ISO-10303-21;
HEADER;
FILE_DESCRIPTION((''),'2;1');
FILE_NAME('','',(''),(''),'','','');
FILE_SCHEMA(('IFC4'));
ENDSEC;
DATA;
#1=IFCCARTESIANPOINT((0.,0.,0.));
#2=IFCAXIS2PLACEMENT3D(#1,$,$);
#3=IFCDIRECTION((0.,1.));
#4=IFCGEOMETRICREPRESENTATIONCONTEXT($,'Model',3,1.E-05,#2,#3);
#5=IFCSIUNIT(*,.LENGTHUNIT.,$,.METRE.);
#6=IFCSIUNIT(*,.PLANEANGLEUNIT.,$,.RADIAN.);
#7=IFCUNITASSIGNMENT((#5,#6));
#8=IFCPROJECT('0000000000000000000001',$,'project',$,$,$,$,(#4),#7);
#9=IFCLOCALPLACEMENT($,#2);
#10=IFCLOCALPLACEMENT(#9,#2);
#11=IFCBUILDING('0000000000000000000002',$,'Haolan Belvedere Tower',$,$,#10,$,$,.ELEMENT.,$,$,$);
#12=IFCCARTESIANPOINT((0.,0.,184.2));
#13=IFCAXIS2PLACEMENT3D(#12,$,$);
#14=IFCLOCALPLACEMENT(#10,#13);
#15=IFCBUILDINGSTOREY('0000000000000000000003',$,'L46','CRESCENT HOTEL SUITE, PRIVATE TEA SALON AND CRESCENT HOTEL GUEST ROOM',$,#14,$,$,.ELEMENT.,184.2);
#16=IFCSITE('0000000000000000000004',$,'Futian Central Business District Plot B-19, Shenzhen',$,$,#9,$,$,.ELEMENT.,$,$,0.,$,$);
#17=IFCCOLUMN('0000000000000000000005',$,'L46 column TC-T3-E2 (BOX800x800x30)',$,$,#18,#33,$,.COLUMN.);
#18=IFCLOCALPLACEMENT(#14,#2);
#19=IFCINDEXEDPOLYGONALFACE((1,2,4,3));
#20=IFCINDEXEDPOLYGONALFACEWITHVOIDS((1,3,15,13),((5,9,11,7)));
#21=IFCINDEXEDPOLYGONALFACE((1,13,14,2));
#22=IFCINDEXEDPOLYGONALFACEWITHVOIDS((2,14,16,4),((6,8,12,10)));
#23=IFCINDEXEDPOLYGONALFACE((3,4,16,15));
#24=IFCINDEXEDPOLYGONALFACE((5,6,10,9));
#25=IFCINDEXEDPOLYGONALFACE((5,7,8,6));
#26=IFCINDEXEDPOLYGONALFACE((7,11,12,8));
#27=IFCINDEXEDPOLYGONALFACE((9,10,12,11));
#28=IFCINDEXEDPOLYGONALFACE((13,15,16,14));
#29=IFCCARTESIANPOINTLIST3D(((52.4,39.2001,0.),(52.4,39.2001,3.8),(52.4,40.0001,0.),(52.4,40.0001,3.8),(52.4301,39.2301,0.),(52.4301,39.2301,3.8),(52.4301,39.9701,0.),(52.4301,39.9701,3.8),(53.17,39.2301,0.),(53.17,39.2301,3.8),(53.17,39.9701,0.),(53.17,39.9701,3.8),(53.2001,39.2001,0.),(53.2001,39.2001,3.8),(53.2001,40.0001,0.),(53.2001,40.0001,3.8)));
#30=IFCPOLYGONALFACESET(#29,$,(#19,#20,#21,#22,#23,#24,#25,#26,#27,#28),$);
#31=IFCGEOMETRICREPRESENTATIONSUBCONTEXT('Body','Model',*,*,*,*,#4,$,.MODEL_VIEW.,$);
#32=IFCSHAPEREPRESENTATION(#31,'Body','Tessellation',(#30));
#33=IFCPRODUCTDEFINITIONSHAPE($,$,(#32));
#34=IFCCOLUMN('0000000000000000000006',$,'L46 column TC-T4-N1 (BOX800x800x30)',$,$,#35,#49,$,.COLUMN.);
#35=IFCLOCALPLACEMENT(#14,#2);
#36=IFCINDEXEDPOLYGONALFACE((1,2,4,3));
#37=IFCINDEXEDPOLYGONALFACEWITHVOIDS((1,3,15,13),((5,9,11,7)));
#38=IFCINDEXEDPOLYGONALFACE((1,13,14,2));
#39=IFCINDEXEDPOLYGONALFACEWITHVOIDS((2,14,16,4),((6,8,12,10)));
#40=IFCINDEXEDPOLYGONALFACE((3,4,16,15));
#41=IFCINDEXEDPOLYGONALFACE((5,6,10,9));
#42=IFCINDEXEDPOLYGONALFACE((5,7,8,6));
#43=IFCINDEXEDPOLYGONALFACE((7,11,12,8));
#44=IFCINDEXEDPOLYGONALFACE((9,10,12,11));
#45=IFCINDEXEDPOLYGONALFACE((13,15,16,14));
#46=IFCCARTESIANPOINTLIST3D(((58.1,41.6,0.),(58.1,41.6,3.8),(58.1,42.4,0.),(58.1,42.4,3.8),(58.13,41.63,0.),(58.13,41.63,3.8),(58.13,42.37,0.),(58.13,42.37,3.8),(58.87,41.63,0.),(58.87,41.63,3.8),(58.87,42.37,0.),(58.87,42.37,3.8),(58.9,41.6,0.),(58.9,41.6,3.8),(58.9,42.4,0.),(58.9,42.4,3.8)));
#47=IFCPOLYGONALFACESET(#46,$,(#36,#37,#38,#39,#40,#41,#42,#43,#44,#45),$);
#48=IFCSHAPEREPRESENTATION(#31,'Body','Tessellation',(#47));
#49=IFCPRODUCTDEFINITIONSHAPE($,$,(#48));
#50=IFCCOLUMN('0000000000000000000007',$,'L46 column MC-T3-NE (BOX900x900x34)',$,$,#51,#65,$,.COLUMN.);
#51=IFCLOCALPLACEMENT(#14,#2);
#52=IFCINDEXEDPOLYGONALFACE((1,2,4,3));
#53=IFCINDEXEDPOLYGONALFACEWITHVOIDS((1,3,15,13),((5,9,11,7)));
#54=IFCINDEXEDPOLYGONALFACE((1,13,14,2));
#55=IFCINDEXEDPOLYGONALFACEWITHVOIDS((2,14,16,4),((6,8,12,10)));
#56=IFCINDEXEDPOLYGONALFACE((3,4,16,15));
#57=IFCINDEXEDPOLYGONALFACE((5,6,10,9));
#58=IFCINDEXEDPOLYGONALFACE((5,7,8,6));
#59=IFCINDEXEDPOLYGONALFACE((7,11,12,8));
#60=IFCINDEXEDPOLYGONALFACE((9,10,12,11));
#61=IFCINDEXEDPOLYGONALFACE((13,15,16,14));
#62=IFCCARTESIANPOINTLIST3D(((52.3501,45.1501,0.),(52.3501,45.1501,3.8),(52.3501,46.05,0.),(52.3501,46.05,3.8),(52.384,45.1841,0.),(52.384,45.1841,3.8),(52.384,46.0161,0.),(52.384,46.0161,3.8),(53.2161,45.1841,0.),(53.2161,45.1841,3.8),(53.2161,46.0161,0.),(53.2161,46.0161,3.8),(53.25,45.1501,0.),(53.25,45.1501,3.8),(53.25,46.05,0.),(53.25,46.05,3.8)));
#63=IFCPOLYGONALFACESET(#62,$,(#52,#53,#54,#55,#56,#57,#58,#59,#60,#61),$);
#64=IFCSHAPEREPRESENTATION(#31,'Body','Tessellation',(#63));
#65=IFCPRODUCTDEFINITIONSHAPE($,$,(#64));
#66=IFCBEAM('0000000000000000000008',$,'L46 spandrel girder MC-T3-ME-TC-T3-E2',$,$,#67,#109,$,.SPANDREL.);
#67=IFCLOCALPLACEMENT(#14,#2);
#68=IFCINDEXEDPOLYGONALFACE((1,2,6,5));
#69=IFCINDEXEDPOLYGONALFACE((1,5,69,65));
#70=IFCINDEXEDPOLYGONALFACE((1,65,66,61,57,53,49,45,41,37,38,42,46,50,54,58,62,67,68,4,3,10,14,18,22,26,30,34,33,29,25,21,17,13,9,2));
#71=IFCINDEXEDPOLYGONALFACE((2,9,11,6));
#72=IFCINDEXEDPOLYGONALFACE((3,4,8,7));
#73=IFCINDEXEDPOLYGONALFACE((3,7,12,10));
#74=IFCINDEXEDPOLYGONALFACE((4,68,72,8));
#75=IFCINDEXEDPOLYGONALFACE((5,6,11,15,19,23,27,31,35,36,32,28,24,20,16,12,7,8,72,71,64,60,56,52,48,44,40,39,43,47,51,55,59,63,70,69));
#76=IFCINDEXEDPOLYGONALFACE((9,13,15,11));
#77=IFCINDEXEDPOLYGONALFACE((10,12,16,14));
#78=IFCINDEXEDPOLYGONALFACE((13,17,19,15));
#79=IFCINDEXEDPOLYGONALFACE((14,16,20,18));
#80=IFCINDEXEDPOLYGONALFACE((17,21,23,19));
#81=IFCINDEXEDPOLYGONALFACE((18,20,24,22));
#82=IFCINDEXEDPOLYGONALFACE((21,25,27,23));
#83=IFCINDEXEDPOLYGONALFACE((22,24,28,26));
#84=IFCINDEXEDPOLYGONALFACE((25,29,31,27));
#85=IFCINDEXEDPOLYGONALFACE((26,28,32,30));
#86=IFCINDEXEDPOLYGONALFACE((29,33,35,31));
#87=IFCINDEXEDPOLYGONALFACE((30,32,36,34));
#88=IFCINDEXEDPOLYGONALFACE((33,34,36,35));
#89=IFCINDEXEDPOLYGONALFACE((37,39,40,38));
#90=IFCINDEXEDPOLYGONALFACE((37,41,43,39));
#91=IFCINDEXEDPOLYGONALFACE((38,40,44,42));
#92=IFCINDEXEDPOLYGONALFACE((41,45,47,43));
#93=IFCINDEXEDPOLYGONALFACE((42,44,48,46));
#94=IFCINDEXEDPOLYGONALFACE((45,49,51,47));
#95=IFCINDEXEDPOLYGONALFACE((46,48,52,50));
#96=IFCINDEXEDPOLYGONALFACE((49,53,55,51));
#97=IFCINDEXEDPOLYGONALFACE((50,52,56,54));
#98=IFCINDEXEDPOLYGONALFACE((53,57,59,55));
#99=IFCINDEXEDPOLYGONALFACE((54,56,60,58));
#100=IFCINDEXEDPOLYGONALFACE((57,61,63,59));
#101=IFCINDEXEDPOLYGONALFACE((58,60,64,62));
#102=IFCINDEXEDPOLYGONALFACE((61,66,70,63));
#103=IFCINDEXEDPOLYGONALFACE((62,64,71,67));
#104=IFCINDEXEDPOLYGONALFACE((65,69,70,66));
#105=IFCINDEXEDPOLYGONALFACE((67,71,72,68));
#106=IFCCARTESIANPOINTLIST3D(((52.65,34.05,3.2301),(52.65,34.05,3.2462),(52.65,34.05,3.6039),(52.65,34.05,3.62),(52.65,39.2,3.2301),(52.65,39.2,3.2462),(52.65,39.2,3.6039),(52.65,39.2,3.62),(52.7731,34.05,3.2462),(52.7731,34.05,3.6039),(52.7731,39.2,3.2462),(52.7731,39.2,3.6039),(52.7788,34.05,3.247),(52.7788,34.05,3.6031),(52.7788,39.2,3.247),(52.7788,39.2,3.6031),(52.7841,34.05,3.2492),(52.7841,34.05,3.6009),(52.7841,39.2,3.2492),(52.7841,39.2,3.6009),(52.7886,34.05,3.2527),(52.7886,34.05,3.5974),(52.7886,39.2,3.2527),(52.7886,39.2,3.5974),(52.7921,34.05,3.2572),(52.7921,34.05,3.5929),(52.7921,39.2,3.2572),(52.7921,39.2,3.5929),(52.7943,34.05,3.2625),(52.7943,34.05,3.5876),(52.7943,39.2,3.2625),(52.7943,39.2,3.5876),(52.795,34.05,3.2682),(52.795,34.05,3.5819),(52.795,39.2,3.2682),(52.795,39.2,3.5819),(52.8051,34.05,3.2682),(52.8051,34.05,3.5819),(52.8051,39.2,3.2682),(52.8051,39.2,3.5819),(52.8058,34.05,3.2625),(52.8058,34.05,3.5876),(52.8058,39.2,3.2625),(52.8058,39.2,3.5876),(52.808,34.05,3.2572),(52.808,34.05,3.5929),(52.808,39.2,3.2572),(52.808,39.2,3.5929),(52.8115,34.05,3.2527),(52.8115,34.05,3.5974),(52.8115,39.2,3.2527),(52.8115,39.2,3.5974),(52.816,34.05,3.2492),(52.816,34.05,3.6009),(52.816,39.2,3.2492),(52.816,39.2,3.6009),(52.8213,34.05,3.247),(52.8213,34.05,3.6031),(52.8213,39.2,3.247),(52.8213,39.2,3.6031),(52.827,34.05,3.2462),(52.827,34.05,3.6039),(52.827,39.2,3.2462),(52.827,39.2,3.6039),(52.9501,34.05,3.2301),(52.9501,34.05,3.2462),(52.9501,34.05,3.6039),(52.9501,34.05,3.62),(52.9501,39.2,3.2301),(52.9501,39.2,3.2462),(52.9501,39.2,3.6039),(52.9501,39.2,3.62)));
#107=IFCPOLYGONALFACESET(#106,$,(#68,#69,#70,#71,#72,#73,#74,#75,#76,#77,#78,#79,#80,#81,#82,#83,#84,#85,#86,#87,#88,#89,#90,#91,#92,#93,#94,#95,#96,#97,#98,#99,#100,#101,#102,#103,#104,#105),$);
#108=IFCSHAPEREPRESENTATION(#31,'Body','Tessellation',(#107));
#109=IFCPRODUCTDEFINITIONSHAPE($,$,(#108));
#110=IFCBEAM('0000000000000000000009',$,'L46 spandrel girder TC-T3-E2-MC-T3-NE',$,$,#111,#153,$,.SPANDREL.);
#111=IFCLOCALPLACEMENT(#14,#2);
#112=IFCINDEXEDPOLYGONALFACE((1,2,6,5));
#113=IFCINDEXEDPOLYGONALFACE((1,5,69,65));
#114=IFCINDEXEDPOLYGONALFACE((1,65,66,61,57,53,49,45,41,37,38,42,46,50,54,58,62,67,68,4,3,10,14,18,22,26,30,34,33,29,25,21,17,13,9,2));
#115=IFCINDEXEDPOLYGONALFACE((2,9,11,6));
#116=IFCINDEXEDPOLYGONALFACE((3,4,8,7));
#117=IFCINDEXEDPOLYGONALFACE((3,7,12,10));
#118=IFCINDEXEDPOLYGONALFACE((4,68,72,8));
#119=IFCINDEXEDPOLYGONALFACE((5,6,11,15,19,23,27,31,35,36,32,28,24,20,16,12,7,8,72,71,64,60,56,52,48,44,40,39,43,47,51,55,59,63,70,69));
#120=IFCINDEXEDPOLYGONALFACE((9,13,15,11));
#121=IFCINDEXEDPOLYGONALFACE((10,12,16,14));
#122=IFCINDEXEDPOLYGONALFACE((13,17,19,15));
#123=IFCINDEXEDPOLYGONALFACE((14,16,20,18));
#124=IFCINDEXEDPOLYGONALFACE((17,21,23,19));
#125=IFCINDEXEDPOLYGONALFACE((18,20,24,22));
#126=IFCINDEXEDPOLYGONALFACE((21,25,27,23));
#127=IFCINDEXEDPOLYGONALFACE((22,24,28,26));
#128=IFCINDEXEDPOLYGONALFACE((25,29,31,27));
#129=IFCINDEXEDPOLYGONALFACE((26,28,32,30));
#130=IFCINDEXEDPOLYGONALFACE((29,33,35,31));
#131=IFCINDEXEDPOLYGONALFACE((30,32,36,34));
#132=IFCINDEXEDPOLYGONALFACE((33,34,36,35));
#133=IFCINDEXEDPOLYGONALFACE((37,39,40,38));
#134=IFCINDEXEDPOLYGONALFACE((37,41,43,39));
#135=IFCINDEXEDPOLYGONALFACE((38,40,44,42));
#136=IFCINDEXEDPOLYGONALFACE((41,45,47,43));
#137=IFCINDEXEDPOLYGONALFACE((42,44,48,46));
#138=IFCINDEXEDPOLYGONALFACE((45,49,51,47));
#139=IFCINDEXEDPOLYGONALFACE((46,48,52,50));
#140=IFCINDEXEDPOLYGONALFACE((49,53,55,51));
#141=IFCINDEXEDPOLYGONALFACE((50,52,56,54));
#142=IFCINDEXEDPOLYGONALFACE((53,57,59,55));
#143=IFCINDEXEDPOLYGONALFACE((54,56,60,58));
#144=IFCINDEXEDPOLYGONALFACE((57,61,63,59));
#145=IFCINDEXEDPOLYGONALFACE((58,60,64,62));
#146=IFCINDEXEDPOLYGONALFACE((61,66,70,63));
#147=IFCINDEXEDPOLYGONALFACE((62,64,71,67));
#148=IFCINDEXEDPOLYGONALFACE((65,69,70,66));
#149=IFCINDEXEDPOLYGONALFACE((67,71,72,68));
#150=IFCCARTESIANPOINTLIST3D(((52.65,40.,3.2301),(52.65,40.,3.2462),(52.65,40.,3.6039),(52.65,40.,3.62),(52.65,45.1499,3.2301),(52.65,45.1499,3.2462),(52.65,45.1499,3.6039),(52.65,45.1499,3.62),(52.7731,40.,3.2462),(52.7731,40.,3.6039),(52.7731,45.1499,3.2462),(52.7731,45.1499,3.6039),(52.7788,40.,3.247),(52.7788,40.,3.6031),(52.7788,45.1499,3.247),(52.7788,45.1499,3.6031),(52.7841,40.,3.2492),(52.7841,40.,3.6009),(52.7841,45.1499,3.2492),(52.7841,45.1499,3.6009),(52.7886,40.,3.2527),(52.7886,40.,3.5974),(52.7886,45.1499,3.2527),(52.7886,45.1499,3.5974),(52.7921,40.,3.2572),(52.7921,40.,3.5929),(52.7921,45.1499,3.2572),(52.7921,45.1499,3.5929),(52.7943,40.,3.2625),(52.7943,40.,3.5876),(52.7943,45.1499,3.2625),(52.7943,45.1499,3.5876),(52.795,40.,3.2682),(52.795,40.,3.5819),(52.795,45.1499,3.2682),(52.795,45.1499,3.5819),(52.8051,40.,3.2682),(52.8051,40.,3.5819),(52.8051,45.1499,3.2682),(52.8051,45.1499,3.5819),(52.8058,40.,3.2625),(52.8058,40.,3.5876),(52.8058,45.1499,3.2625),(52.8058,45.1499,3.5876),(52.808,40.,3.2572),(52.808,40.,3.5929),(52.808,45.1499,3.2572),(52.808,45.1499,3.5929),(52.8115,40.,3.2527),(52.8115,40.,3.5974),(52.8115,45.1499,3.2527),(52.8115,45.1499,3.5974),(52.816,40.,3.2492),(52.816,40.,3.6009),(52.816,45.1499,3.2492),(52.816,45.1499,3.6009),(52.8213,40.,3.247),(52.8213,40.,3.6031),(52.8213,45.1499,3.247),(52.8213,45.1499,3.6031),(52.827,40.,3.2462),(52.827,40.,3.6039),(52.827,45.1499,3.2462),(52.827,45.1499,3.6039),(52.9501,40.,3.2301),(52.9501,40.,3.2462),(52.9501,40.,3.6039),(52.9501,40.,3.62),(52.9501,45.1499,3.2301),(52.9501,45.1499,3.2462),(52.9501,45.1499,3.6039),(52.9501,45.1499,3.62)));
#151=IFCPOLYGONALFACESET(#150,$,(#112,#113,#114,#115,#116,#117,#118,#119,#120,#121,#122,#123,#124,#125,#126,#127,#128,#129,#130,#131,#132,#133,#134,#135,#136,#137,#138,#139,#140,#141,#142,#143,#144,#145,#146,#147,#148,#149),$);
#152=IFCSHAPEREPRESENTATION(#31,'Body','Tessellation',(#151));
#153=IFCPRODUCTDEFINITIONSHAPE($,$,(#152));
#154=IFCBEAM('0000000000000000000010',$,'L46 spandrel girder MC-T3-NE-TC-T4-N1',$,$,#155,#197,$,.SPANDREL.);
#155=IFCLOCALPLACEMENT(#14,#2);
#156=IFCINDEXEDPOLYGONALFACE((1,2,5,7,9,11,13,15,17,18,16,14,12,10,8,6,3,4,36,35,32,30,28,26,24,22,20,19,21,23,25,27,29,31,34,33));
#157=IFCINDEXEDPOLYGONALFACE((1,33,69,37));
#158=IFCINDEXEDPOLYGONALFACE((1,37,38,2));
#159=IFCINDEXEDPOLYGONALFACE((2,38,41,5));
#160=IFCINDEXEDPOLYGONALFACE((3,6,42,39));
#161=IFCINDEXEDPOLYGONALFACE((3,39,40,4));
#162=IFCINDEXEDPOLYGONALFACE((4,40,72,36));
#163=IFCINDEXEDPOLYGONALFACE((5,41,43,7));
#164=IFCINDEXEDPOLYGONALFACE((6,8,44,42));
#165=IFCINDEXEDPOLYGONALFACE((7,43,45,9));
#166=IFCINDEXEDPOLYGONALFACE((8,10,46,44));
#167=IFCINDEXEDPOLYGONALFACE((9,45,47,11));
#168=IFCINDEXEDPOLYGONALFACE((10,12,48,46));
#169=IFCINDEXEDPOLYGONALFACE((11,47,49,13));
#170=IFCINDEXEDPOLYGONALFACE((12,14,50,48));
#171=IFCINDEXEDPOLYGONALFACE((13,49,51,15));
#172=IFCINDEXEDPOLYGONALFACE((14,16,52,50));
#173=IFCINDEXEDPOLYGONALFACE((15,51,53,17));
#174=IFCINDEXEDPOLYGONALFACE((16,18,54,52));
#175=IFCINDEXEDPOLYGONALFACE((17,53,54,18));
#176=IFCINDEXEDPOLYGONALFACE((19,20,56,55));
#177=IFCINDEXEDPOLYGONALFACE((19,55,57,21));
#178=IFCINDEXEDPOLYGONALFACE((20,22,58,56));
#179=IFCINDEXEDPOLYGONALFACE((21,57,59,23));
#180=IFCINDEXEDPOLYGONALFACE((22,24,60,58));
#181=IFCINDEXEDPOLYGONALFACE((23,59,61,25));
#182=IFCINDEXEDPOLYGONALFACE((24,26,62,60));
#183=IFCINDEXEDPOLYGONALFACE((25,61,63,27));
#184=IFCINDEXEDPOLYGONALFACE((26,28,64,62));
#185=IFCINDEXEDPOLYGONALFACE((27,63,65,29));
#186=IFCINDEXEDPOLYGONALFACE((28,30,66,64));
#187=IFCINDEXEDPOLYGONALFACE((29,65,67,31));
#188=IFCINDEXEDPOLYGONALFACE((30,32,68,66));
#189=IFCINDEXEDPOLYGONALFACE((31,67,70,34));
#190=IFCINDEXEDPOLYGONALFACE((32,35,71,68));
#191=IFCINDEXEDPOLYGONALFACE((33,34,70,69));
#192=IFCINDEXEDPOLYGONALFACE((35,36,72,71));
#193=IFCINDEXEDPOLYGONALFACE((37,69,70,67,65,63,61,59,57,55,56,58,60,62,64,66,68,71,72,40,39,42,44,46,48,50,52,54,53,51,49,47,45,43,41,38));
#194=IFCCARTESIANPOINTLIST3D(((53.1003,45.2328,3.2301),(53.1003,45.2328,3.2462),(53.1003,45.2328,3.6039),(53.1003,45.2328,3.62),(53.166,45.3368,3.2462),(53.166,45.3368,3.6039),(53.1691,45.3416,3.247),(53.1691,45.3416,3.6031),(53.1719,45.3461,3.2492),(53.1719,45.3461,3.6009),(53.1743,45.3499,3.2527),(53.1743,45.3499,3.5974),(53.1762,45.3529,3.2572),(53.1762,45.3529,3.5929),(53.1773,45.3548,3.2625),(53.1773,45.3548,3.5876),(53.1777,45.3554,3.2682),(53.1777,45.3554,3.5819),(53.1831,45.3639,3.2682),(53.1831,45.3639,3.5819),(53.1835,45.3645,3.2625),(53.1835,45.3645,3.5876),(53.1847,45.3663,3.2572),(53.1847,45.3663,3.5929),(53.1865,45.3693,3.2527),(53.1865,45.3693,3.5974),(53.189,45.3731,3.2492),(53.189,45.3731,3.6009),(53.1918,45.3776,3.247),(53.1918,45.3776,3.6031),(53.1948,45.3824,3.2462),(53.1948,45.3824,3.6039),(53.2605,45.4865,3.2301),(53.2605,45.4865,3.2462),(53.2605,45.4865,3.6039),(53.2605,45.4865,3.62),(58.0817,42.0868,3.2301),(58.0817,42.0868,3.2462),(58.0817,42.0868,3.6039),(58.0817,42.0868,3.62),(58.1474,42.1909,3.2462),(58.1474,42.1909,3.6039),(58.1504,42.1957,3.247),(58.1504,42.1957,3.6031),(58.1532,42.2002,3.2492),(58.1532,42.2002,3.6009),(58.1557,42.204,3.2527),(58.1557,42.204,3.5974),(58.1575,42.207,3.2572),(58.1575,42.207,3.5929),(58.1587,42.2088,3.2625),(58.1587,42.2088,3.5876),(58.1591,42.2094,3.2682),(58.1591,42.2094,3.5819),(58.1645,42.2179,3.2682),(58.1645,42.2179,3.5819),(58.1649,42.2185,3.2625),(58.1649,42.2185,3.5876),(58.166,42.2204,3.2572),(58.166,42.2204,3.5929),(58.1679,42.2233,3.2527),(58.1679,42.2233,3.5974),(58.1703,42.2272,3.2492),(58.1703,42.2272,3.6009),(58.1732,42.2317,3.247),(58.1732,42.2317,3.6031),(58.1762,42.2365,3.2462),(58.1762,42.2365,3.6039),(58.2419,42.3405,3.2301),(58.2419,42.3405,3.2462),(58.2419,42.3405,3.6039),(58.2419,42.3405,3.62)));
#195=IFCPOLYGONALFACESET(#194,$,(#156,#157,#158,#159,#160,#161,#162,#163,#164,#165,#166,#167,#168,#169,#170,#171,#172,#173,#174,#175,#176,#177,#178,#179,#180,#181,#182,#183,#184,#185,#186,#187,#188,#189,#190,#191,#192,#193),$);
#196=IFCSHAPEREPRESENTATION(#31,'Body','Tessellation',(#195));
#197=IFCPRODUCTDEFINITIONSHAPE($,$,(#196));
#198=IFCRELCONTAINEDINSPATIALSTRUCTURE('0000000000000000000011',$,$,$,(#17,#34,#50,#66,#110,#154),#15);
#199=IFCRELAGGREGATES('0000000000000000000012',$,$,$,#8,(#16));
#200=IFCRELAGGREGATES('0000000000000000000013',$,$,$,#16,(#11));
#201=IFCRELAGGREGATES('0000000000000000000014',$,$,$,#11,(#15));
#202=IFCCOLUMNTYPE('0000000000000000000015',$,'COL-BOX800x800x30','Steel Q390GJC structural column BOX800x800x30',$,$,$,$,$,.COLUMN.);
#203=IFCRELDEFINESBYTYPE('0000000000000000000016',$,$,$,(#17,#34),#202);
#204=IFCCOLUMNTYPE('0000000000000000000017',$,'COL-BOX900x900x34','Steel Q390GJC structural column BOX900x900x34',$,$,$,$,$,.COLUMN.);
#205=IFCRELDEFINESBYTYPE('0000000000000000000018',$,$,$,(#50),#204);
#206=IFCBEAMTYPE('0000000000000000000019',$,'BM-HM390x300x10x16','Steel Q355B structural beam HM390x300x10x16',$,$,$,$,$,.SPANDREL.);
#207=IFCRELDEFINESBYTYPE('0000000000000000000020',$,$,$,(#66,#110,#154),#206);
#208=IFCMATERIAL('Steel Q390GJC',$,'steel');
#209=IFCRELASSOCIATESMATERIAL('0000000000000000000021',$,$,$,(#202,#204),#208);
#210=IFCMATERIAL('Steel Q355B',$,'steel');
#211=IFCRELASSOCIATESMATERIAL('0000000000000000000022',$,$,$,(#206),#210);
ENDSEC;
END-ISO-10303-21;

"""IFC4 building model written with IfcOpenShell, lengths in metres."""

from ifc_helpers import new_model, si_unit, direction, frame, origin, origin_2d, place, context, subcontext, project, spatial, hollow_rectangle, i_section, extrude, material, material_profile, profile_set, type_object, element, save


model = new_model("IFC4")

# Units and contexts
model_context = context("Model", 3, precision=1e-05, world=origin(), true_north=direction((0.0, 1.0)))
body_context = subcontext(model_context, "Body", "Model", "MODEL_VIEW")
ifc_project = project(units=[si_unit("LENGTHUNIT", "METRE"), si_unit("PLANEANGLEUNIT", "RADIAN")], contexts=[model_context])

# Site, building, storey
site_placement = place(None, origin())
site = spatial("IfcSite", under=ifc_project, at=site_placement, Name="Futian Central Business District Plot B-19, Shenzhen", CompositionType="ELEMENT", RefElevation=0.0)
building_placement = place(site_placement, origin())
building = spatial("IfcBuilding", under=site, at=building_placement, Name="Haolan Belvedere Tower", CompositionType="ELEMENT")
storey_placement = place(building_placement, frame((0.0, 0.0, 184.2)))
storey = spatial("IfcBuildingStorey", under=building, at=storey_placement, Name="L46", Description="CRESCENT HOTEL SUITE, PRIVATE TEA SALON AND CRESCENT HOTEL GUEST ROOM", CompositionType="ELEMENT", Elevation=184.2)

# Columns
ifc_material_1 = material(Name="Steel Q390GJC", Category="steel")
ifc_material_profile_1 = material_profile(ifc_material_1, hollow_rectangle(XDim=0.8, YDim=0.8, WallThickness=0.03, at=origin_2d()), Name="Steel Q390GJC")
ifc_profile_set_1 = profile_set([ifc_material_profile_1], Name="Steel Q390GJC")
column_type_1 = type_object("IfcColumnType", Name="COL-BOX800x800x30", Description="Steel Q390GJC structural column BOX800x800x30", PredefinedType="COLUMN", material=ifc_profile_set_1)
for number, where, z_axis, x_axis, name in (
    (1, (52.8, 39.6001, 0.0), (0.0, 0.0, 1.0), (1.0, 0.0, 0.0), "L46 column TC-T3-E2 (BOX800x800x30)"),
    (2, (58.5, 42.0, 0.0), (0.0, 0.0, 1.0), (1.0, 0.0, 0.0), "L46 column TC-T4-N1 (BOX800x800x30)"),
):
    element("IfcColumn", number, at=place(storey_placement, frame(where, z_axis=z_axis, x_axis=x_axis)), inside=storey, type_object=column_type_1, Name=name, PredefinedType="COLUMN", context=body_context, shape_type="SweptSolid", body=[
        extrude(hollow_rectangle(XDim=0.8, YDim=0.8, WallThickness=0.03, at=origin_2d()), origin(), (0.0, 0.0, 1.0), 3.8),
    ])
ifc_material_profile_2 = material_profile(ifc_material_1, hollow_rectangle(XDim=0.8999, YDim=0.8999, WallThickness=0.0339, at=origin_2d()), Name="Steel Q390GJC")
ifc_profile_set_2 = profile_set([ifc_material_profile_2], Name="Steel Q390GJC")
column_type_2 = type_object("IfcColumnType", Name="COL-BOX900x900x34", Description="Steel Q390GJC structural column BOX900x900x34", PredefinedType="COLUMN", material=ifc_profile_set_2)
column_placement = place(storey_placement, frame((52.8, 45.6001, 0.0), z_axis=(0.0, 0.0, 1.0), x_axis=(1.0, 0.0, 0.0)))
element("IfcColumn", 3, at=column_placement, inside=storey, type_object=column_type_2, Name="L46 column MC-T3-NE (BOX900x900x34)", PredefinedType="COLUMN", context=body_context, shape_type="SweptSolid", body=[
    extrude(hollow_rectangle(XDim=0.8999, YDim=0.8999, WallThickness=0.0339, at=origin_2d()), origin(), (0.0, 0.0, 1.0), 3.8),
])

# Beams
ifc_material_2 = material(Name="Steel Q355B", Category="steel")
ifc_material_profile_3 = material_profile(ifc_material_2, i_section(OverallWidth=0.3, OverallDepth=0.3899, WebThickness=0.01, FlangeThickness=0.0161, FilletRadius=0.022, at=origin_2d()), Name="Steel Q355B")
ifc_profile_set_3 = profile_set([ifc_material_profile_3], Name="Steel Q355B")
beam_type_1 = type_object("IfcBeamType", Name="BM-HM390x300x10x16", Description="Steel Q355B structural beam HM390x300x10x16", PredefinedType="SPANDREL", material=ifc_profile_set_3)
for number, where, z_axis, x_axis, name in (
    (4, (52.8, 34.05, 3.425), (0.0, 1.0, 0.0), (-1.0, 0.0, 0.0), "L46 spandrel girder MC-T3-ME-TC-T3-E2"),
    (5, (52.8, 40.0, 3.425), (0.0, 1.0, 0.0), (-1.0, 0.0, 0.0), "L46 spandrel girder TC-T3-E2-MC-T3-NE"),
):
    element("IfcBeam", number, at=place(storey_placement, frame(where, z_axis=z_axis, x_axis=x_axis)), inside=storey, type_object=beam_type_1, Name=name, PredefinedType="SPANDREL", context=body_context, shape_type="SweptSolid", body=[
        extrude(i_section(OverallWidth=0.3, OverallDepth=0.3899, WebThickness=0.01, FlangeThickness=0.0161, FilletRadius=0.022, at=origin_2d()), origin(), (0.0, 0.0, 1.0), 5.1499),
    ])
beam_1_placement = place(storey_placement, frame((53.1804, 45.3596, 3.425), z_axis=(0.845503, -0.533971, 0.0), x_axis=(0.533971, 0.845503, 0.0)))
element("IfcBeam", 6, at=beam_1_placement, inside=storey, type_object=beam_type_1, Name="L46 spandrel girder MC-T3-NE-TC-T4-N1", PredefinedType="SPANDREL", context=body_context, shape_type="SweptSolid", body=[
    extrude(i_section(OverallWidth=0.3, OverallDepth=0.3899, WebThickness=0.01, FlangeThickness=0.0161, FilletRadius=0.022, at=origin_2d()), origin(), (0.0, 0.0, 1.0), 5.8916),
])

save(model, "model.ifc")
